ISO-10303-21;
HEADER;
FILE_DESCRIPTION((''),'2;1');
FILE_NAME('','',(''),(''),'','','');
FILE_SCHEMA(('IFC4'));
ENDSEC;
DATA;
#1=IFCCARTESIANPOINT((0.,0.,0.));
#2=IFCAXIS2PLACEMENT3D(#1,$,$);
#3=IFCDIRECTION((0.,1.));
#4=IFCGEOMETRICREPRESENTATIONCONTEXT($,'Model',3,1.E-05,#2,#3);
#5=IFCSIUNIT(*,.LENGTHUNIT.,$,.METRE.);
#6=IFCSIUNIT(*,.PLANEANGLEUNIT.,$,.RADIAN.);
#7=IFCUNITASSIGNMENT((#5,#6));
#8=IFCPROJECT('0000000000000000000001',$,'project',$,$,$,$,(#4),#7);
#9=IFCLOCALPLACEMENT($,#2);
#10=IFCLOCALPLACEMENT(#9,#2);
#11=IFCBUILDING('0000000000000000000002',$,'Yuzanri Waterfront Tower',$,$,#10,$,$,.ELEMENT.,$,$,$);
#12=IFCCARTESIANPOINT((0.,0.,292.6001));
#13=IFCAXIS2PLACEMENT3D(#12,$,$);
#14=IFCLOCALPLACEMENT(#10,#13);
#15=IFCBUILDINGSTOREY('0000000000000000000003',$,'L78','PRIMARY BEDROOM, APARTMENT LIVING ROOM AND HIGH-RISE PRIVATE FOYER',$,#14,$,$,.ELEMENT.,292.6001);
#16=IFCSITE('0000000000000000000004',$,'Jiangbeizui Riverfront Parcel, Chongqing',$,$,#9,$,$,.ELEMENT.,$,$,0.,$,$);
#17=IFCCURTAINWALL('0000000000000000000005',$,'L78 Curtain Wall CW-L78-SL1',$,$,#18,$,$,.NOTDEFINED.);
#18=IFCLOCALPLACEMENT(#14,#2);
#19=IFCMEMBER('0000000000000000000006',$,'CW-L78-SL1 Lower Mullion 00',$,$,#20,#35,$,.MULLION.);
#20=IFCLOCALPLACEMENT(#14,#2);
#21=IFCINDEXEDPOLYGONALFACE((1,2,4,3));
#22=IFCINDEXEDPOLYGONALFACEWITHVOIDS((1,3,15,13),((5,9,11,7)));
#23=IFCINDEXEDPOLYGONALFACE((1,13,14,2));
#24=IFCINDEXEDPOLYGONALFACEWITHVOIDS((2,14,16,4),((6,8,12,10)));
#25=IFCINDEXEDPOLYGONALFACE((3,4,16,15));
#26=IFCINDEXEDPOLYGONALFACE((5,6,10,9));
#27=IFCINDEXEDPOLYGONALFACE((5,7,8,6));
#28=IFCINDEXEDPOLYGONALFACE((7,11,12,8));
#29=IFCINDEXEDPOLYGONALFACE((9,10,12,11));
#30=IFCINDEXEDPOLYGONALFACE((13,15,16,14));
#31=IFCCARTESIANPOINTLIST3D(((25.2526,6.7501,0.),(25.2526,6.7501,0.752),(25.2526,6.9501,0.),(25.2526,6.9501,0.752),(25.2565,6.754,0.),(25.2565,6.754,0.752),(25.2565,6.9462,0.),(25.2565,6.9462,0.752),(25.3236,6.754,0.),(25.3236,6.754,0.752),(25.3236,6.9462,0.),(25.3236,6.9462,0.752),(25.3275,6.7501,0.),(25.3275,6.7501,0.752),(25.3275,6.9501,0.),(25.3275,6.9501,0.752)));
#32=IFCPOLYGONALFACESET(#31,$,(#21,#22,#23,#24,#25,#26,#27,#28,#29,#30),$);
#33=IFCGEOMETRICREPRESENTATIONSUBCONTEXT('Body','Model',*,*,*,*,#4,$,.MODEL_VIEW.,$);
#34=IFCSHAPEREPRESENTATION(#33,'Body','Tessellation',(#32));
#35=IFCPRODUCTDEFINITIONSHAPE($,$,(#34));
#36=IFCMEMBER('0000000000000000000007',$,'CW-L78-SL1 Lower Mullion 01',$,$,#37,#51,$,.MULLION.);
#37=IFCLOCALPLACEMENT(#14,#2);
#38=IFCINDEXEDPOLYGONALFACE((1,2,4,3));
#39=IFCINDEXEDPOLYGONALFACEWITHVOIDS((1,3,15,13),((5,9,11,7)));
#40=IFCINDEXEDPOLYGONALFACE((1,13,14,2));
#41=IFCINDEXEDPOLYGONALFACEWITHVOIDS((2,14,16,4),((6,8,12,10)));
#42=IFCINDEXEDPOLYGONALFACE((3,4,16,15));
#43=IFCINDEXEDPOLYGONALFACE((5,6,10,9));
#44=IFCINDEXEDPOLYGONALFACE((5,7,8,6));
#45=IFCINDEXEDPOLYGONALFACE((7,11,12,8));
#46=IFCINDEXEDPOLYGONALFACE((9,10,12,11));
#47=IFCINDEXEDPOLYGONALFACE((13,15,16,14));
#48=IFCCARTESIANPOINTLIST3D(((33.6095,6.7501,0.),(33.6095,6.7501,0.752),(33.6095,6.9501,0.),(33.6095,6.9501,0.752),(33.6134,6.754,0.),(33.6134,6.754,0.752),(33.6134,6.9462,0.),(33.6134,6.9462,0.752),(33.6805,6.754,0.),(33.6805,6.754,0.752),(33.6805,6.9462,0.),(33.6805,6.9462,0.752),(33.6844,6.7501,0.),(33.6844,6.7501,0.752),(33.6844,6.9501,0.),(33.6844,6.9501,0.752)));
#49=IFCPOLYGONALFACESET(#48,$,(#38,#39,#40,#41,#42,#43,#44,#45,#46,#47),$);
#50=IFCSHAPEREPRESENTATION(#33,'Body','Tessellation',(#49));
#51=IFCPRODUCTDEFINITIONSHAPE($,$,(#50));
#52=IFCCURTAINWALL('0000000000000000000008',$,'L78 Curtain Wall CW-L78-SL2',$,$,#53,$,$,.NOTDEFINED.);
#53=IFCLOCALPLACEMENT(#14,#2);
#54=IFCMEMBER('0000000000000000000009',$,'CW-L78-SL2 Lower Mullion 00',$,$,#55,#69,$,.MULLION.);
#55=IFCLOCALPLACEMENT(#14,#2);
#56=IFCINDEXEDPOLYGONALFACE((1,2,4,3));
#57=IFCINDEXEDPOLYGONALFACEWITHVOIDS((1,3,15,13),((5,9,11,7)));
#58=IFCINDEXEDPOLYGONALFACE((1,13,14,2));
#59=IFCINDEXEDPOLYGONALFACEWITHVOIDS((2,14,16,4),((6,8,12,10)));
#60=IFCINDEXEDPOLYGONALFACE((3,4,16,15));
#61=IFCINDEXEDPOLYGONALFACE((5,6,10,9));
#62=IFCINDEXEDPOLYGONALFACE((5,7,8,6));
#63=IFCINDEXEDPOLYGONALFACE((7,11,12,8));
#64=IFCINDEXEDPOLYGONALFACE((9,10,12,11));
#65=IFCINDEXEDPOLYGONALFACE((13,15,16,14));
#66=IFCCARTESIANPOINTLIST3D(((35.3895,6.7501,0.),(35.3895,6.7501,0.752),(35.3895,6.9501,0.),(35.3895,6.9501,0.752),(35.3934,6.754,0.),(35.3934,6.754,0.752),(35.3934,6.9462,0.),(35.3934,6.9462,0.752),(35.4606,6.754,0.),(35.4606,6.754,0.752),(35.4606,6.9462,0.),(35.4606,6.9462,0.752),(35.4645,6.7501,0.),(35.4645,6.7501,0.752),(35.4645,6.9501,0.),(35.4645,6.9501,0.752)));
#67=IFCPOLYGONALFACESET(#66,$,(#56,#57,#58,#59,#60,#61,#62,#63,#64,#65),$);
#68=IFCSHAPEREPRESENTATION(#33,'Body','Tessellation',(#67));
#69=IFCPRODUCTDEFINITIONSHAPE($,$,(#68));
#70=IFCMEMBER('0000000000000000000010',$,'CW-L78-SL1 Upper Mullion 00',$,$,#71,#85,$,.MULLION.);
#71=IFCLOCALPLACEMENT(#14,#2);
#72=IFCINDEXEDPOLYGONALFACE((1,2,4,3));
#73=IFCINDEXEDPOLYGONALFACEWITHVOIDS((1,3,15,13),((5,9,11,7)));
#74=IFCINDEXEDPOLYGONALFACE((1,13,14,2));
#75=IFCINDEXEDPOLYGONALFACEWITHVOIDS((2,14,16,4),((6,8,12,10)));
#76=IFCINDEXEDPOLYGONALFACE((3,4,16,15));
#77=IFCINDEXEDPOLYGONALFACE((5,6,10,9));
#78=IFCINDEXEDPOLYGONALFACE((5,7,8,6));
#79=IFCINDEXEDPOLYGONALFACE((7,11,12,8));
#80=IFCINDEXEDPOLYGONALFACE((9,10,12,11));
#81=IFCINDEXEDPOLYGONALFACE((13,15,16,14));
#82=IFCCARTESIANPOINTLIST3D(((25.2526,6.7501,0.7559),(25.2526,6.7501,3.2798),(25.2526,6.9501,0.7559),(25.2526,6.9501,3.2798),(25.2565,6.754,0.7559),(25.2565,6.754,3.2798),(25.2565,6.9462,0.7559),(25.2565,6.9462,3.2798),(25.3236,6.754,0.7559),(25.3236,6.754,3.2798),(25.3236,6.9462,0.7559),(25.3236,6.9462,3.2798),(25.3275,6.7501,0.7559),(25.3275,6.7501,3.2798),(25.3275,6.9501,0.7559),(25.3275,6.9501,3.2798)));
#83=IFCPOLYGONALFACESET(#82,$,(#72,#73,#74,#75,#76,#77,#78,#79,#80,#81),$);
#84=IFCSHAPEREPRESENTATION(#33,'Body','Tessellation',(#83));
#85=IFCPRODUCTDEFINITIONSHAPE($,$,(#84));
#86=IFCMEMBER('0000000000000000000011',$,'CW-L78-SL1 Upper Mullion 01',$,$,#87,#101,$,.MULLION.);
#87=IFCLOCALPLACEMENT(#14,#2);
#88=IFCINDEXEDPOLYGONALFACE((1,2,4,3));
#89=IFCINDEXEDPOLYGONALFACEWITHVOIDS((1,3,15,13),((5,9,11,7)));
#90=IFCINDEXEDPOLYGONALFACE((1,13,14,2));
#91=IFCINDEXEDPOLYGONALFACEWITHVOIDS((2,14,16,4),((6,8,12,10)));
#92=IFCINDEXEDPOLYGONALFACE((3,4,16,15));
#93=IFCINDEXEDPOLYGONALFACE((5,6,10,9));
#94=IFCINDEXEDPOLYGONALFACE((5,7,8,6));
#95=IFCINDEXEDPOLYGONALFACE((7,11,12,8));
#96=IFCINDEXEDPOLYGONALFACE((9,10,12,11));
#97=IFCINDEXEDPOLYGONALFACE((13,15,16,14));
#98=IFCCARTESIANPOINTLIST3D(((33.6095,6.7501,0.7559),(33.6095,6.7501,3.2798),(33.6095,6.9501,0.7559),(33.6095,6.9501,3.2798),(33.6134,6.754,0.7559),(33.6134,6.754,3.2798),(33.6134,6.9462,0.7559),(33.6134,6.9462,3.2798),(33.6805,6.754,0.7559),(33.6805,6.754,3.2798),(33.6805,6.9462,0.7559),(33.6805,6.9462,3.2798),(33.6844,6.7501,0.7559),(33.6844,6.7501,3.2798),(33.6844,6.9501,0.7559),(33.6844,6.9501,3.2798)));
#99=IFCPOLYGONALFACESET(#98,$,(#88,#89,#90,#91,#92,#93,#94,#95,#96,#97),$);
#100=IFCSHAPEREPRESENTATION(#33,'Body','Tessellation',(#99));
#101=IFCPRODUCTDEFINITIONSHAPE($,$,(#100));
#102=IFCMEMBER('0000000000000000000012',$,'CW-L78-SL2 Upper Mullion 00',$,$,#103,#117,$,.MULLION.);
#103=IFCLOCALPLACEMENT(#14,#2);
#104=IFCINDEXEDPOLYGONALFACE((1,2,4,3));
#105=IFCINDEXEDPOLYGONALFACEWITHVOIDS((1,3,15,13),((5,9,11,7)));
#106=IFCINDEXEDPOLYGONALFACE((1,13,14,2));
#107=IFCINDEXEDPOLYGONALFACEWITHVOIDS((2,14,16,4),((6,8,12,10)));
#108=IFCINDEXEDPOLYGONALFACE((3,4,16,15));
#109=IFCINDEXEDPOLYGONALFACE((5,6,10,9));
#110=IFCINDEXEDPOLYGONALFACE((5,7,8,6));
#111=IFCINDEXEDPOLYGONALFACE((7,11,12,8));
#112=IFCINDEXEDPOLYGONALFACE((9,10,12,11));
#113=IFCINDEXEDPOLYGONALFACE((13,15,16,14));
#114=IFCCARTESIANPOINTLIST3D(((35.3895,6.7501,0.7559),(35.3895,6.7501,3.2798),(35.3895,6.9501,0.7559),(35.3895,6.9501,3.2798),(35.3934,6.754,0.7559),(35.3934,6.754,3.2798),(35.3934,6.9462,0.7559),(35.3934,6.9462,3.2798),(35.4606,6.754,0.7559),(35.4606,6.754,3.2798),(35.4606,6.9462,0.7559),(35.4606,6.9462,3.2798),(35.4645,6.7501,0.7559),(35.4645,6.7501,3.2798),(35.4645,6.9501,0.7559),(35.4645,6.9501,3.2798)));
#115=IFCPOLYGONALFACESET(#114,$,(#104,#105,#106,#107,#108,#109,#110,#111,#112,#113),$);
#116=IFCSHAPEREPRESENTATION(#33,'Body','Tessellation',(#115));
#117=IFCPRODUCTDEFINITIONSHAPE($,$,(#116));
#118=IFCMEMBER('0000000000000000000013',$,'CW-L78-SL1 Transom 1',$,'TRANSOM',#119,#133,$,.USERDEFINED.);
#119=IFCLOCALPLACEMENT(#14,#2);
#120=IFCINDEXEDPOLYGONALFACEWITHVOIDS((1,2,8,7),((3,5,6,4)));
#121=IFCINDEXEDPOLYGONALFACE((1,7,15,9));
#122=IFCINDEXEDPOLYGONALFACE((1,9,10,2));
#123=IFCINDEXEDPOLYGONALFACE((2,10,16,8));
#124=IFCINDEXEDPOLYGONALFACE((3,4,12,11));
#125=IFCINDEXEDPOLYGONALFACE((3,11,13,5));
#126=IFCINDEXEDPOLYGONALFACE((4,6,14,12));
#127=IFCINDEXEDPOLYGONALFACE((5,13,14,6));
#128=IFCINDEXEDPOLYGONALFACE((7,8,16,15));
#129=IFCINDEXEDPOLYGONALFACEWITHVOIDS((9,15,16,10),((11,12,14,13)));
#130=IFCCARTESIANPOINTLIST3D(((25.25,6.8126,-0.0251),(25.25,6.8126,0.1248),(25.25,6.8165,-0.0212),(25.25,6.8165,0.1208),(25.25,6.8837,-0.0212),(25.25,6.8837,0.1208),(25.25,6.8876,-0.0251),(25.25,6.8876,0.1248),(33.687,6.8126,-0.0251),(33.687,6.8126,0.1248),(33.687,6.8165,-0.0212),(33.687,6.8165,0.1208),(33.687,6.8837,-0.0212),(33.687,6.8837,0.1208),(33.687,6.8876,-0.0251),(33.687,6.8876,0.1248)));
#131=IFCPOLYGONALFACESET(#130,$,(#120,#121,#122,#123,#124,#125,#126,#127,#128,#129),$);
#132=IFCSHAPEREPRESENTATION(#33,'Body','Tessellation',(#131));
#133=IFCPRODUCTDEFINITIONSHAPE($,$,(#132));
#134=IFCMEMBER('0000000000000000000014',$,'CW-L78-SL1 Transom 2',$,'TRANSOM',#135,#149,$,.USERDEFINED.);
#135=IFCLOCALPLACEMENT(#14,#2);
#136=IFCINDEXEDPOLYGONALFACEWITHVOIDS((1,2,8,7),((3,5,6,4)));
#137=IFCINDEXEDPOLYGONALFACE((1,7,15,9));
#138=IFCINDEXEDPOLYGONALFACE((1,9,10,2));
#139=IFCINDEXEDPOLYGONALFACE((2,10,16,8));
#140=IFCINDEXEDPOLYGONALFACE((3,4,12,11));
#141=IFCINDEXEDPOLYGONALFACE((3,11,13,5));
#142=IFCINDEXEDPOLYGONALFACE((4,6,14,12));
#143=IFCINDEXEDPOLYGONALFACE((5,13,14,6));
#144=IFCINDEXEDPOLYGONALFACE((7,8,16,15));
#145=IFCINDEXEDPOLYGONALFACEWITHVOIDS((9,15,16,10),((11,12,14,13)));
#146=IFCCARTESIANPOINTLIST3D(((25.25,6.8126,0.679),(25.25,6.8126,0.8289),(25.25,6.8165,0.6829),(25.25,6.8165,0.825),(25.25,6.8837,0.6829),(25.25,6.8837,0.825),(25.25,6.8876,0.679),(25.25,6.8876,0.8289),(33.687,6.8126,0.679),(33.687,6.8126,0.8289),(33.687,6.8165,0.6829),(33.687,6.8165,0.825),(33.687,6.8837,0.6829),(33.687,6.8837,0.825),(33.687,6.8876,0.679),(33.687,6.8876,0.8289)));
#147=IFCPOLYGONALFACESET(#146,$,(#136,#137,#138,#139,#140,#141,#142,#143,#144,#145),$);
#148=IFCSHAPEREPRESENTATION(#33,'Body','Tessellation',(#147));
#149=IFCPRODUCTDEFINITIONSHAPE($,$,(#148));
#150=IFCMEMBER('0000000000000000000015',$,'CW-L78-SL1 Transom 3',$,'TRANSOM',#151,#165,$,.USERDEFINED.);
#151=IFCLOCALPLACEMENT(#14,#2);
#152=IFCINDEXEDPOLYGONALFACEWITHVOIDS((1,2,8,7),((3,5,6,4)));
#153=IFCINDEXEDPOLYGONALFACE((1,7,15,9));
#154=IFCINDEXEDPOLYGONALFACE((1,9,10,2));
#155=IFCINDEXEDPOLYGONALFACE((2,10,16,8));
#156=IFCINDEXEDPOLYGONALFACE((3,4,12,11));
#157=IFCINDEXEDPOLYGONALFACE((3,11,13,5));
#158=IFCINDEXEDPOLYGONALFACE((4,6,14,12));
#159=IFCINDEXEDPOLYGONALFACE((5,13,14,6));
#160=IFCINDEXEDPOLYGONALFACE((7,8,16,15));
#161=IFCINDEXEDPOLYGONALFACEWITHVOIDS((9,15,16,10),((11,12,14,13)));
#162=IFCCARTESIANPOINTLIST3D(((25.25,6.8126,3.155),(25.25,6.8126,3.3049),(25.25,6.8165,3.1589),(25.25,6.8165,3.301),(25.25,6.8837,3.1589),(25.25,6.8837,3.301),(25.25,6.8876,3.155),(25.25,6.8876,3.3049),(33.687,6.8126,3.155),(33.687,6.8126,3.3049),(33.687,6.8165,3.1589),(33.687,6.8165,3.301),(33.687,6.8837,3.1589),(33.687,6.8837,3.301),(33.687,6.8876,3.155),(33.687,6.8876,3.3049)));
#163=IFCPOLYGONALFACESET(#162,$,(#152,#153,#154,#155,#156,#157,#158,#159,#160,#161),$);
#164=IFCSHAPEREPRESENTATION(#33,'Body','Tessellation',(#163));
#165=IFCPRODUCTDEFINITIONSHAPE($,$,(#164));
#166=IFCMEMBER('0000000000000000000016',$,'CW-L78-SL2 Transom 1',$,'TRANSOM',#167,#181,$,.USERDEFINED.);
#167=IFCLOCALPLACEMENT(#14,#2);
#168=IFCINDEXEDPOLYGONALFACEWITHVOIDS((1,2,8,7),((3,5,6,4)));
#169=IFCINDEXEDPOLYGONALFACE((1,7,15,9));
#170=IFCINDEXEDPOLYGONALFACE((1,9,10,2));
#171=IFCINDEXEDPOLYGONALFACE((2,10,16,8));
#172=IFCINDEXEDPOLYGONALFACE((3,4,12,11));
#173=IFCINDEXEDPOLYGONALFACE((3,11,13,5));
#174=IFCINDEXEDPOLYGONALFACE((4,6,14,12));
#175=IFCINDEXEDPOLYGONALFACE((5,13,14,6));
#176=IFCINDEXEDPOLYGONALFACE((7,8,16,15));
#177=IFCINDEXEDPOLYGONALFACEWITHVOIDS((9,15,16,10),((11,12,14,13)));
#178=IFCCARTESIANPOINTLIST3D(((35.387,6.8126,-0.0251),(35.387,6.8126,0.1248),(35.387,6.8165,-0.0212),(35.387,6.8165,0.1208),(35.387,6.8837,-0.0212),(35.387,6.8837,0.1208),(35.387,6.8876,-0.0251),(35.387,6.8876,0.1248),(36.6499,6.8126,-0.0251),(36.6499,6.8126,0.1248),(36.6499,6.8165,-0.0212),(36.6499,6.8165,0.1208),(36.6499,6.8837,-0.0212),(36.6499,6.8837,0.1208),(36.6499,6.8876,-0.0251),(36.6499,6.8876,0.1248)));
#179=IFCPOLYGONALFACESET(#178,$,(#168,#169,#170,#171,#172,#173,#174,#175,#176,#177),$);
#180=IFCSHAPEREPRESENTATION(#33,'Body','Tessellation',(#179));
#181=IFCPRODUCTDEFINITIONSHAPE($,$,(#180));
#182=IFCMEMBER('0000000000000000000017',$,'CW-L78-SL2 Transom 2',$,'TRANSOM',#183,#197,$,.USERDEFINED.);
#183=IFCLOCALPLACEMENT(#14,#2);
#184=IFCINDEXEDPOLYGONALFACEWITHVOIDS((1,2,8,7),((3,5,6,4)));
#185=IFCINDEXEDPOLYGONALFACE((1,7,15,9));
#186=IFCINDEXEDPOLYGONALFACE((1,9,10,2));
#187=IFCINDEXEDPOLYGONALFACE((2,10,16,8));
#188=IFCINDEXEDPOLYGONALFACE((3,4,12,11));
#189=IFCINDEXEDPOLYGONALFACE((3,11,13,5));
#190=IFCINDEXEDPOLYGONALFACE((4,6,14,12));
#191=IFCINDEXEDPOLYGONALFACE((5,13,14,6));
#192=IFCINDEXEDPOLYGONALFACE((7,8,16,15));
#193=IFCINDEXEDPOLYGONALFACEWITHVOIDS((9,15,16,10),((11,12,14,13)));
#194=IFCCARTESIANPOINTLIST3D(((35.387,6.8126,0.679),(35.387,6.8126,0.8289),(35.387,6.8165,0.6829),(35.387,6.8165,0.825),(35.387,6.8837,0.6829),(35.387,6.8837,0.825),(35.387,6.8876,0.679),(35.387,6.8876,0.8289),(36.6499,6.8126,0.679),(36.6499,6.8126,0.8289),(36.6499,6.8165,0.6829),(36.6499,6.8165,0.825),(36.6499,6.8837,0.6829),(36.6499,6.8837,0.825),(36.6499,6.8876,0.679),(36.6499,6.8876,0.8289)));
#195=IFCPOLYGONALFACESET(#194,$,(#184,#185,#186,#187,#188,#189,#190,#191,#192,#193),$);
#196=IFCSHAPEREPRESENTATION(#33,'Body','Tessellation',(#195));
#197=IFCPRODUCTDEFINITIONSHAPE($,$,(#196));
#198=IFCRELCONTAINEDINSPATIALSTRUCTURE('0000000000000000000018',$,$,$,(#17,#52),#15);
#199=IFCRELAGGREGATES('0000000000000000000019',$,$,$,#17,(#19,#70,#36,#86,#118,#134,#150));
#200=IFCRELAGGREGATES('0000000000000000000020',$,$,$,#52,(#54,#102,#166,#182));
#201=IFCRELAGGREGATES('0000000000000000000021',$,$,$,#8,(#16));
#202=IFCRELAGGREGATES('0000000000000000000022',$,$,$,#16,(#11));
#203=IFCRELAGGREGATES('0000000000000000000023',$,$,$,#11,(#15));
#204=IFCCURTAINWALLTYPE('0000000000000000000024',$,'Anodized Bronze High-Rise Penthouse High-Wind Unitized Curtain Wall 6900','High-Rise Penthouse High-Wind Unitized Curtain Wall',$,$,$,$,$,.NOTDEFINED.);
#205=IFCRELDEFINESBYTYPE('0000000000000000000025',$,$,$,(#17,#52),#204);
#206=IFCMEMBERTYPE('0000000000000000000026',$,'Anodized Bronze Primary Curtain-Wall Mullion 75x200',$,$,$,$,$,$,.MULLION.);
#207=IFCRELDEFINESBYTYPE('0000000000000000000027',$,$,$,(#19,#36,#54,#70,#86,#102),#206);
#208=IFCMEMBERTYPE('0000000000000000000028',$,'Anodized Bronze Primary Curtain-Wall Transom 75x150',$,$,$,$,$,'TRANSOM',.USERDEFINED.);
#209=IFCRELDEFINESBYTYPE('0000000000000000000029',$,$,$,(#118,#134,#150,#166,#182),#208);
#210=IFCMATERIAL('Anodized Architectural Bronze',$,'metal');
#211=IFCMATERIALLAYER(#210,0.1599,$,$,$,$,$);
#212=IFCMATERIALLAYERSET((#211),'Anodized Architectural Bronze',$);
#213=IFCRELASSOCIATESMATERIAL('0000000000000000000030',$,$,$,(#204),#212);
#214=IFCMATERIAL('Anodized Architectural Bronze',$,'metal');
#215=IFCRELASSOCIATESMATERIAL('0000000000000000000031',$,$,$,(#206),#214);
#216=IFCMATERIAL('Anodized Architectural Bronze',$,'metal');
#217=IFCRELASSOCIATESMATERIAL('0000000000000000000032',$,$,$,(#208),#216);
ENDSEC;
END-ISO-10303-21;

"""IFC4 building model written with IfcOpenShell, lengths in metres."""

from ifc_helpers import new_model, si_unit, direction, frame, origin, origin_2d, place, context, subcontext, project, spatial, hollow_rectangle, extrude, source, transform, mapped, material, layer, layer_set, material_profile, profile_set, type_object, element, aggregate, save


model = new_model("IFC4")

# Units and contexts
model_context = context("Model", 3, precision=1e-05, world=origin(), true_north=direction((0.0, 1.0)))
body_context = subcontext(model_context, "Body", "Model", "MODEL_VIEW")
ifc_project = project(units=[si_unit("LENGTHUNIT", "METRE"), si_unit("PLANEANGLEUNIT", "RADIAN")], contexts=[model_context])

# Site, building, storey
site_placement = place(None, origin())
site = spatial("IfcSite", under=ifc_project, at=site_placement, Name="Jiangbeizui Riverfront Parcel, Chongqing", CompositionType="ELEMENT", RefElevation=0.0)
building_placement = place(site_placement, origin())
building = spatial("IfcBuilding", under=site, at=building_placement, Name="Yuzanri Waterfront Tower", CompositionType="ELEMENT")
storey_placement = place(building_placement, frame((0.0, 0.0, 292.6001)))
storey = spatial("IfcBuildingStorey", under=building, at=storey_placement, Name="L78", Description="PRIMARY BEDROOM, APARTMENT LIVING ROOM AND HIGH-RISE PRIVATE FOYER", CompositionType="ELEMENT", Elevation=292.6001)

# Curtain wall, members
ifc_material_1 = material(Name="Anodized Architectural Bronze", Category="metal")
ifc_layer_1 = layer(ifc_material_1, 0.1599)
ifc_layer_set_1 = layer_set([ifc_layer_1], Name="Anodized Architectural Bronze")
curtain_wall_type = type_object("IfcCurtainWallType", Name="Anodized Bronze High-Rise Penthouse High-Wind Unitized Curtain Wall 6900", Description="High-Rise Penthouse High-Wind Unitized Curtain Wall", PredefinedType="NOTDEFINED", material=ifc_layer_set_1)
curtain_wall_1_placement = place(storey_placement, origin())
curtain_wall_1 = element("IfcCurtainWall", 1, at=curtain_wall_1_placement, inside=storey, type_object=curtain_wall_type, Name="L78 Curtain Wall CW-L78-SL1", PredefinedType="NOTDEFINED")
ifc_material_2 = material(Name="Anodized Architectural Bronze", Category="metal")
ifc_material_profile_1 = material_profile(ifc_material_2, hollow_rectangle(XDim=0.075, YDim=0.2, WallThickness=0.0039, at=origin_2d()), Name="CWM 75x200")
ifc_profile_set_1 = profile_set([ifc_material_profile_1], Name="Anodized Architectural Bronze")
member_type_1 = type_object("IfcMemberType", Name="Anodized Bronze Primary Curtain-Wall Mullion 75x200", PredefinedType="MULLION", material=ifc_profile_set_1)
shared_shape_1 = source(origin(), body_context, "Body", "SweptSolid", [
    extrude(hollow_rectangle(XDim=0.075, YDim=0.2, WallThickness=0.0039, at=origin_2d()), origin(), (0.0, 0.0, 1.0), 0.752),
])
member_1_placement = place(storey_placement, frame((25.29, 6.8501, 0.0), z_axis=(0.0, 0.0, 1.0), x_axis=(1.0, 0.0, 0.0)))
member_1 = element("IfcMember", 2, at=member_1_placement, type_object=member_type_1, Name="CW-L78-SL1 Lower Mullion 00", PredefinedType="MULLION", context=body_context, shape_type="MappedRepresentation", body=[
    mapped(shared_shape_1, transform((0.0, 0.0, 0.0), scale=1.0)),
])
member_2_placement = place(storey_placement, frame((33.647, 6.8501, 0.0), z_axis=(0.0, 0.0, 1.0), x_axis=(1.0, 0.0, 0.0)))
member_2 = element("IfcMember", 3, at=member_2_placement, type_object=member_type_1, Name="CW-L78-SL1 Lower Mullion 01", PredefinedType="MULLION", context=body_context, shape_type="MappedRepresentation", body=[
    mapped(shared_shape_1, transform((0.0, 0.0, 0.0), scale=1.0)),
])

# Curtain wall, member
curtain_wall_2_placement = place(storey_placement, origin())
curtain_wall_2 = element("IfcCurtainWall", 4, at=curtain_wall_2_placement, inside=storey, type_object=curtain_wall_type, Name="L78 Curtain Wall CW-L78-SL2", PredefinedType="NOTDEFINED")
member_3_placement = place(storey_placement, frame((35.427, 6.8501, 0.0), z_axis=(0.0, 0.0, 1.0), x_axis=(1.0, 0.0, 0.0)))
member_3 = element("IfcMember", 5, at=member_3_placement, type_object=member_type_1, Name="CW-L78-SL2 Lower Mullion 00", PredefinedType="MULLION", context=body_context, shape_type="MappedRepresentation", body=[
    mapped(shared_shape_1, transform((0.0, 0.0, 0.0), scale=1.0)),
])

# Members
shared_shape_2 = source(origin(), body_context, "Body", "SweptSolid", [
    extrude(hollow_rectangle(XDim=0.075, YDim=0.2, WallThickness=0.0039, at=origin_2d()), origin(), (0.0, 0.0, 1.0), 2.5239),
])
member_4_placement = place(storey_placement, frame((25.29, 6.8501, 0.7559), z_axis=(0.0, 0.0, 1.0), x_axis=(1.0, 0.0, 0.0)))
member_4 = element("IfcMember", 6, at=member_4_placement, type_object=member_type_1, Name="CW-L78-SL1 Upper Mullion 00", PredefinedType="MULLION", context=body_context, shape_type="MappedRepresentation", body=[
    mapped(shared_shape_2, transform((0.0, 0.0, 0.0), scale=1.0)),
])
member_5_placement = place(storey_placement, frame((33.647, 6.8501, 0.7559), z_axis=(0.0, 0.0, 1.0), x_axis=(1.0, 0.0, 0.0)))
member_5 = element("IfcMember", 7, at=member_5_placement, type_object=member_type_1, Name="CW-L78-SL1 Upper Mullion 01", PredefinedType="MULLION", context=body_context, shape_type="MappedRepresentation", body=[
    mapped(shared_shape_2, transform((0.0, 0.0, 0.0), scale=1.0)),
])
member_6_placement = place(storey_placement, frame((35.427, 6.8501, 0.7559), z_axis=(0.0, 0.0, 1.0), x_axis=(1.0, 0.0, 0.0)))
member_6 = element("IfcMember", 8, at=member_6_placement, type_object=member_type_1, Name="CW-L78-SL2 Upper Mullion 00", PredefinedType="MULLION", context=body_context, shape_type="MappedRepresentation", body=[
    mapped(shared_shape_2, transform((0.0, 0.0, 0.0), scale=1.0)),
])
ifc_material_3 = material(Name="Anodized Architectural Bronze", Category="metal")
ifc_material_profile_2 = material_profile(ifc_material_3, hollow_rectangle(XDim=0.075, YDim=0.1499, WallThickness=0.0039, at=origin_2d()), Name="CWT 75x150")
ifc_profile_set_2 = profile_set([ifc_material_profile_2], Name="Anodized Architectural Bronze")
member_type_2 = type_object("IfcMemberType", Name="Anodized Bronze Primary Curtain-Wall Transom 75x150", ElementType="TRANSOM", PredefinedType="USERDEFINED", material=ifc_profile_set_2)
shared_shape_3 = source(origin(), body_context, "Body", "SweptSolid", [
    extrude(hollow_rectangle(XDim=0.075, YDim=0.1499, WallThickness=0.0039, at=origin_2d()), origin(), (0.0, 0.0, 1.0), 8.437),
])
member_7_placement = place(storey_placement, frame((25.25, 6.8501, 0.0498), z_axis=(1.0, 0.0, 0.0), x_axis=(0.0, 1.0, 0.0)))
member_7 = element("IfcMember", 9, at=member_7_placement, type_object=member_type_2, Name="CW-L78-SL1 Transom 1", ObjectType="TRANSOM", PredefinedType="USERDEFINED", context=body_context, shape_type="MappedRepresentation", body=[
    mapped(shared_shape_3, transform((0.0, 0.0, 0.0), scale=1.0)),
])
member_8_placement = place(storey_placement, frame((25.25, 6.8501, 0.7539), z_axis=(1.0, 0.0, 0.0), x_axis=(0.0, 1.0, 0.0)))
member_8 = element("IfcMember", 10, at=member_8_placement, type_object=member_type_2, Name="CW-L78-SL1 Transom 2", ObjectType="TRANSOM", PredefinedType="USERDEFINED", context=body_context, shape_type="MappedRepresentation", body=[
    mapped(shared_shape_3, transform((0.0, 0.0, 0.0), scale=1.0)),
])
member_9_placement = place(storey_placement, frame((25.25, 6.8501, 3.23), z_axis=(1.0, 0.0, 0.0), x_axis=(0.0, 1.0, 0.0)))
member_9 = element("IfcMember", 11, at=member_9_placement, type_object=member_type_2, Name="CW-L78-SL1 Transom 3", ObjectType="TRANSOM", PredefinedType="USERDEFINED", context=body_context, shape_type="MappedRepresentation", body=[
    mapped(shared_shape_3, transform((0.0, 0.0, 0.0), scale=1.0)),
])
shared_shape_4 = source(origin(), body_context, "Body", "SweptSolid", [
    extrude(hollow_rectangle(XDim=0.075, YDim=0.1499, WallThickness=0.0039, at=origin_2d()), origin(), (0.0, 0.0, 1.0), 1.2629),
])
member_10_placement = place(storey_placement, frame((35.387, 6.8501, 0.0498), z_axis=(1.0, 0.0, 0.0), x_axis=(0.0, 1.0, 0.0)))
member_10 = element("IfcMember", 12, at=member_10_placement, type_object=member_type_2, Name="CW-L78-SL2 Transom 1", ObjectType="TRANSOM", PredefinedType="USERDEFINED", context=body_context, shape_type="MappedRepresentation", body=[
    mapped(shared_shape_4, transform((0.0, 0.0, 0.0), scale=1.0)),
])
member_11_placement = place(storey_placement, frame((35.387, 6.8501, 0.7539), z_axis=(1.0, 0.0, 0.0), x_axis=(0.0, 1.0, 0.0)))
member_11 = element("IfcMember", 13, at=member_11_placement, type_object=member_type_2, Name="CW-L78-SL2 Transom 2", ObjectType="TRANSOM", PredefinedType="USERDEFINED", context=body_context, shape_type="MappedRepresentation", body=[
    mapped(shared_shape_4, transform((0.0, 0.0, 0.0), scale=1.0)),
])

aggregate(curtain_wall_1, [member_1, member_4, member_2, member_5, member_7, member_8, member_9])
aggregate(curtain_wall_2, [member_3, member_6, member_10, member_11])

save(model, "model.ifc")
